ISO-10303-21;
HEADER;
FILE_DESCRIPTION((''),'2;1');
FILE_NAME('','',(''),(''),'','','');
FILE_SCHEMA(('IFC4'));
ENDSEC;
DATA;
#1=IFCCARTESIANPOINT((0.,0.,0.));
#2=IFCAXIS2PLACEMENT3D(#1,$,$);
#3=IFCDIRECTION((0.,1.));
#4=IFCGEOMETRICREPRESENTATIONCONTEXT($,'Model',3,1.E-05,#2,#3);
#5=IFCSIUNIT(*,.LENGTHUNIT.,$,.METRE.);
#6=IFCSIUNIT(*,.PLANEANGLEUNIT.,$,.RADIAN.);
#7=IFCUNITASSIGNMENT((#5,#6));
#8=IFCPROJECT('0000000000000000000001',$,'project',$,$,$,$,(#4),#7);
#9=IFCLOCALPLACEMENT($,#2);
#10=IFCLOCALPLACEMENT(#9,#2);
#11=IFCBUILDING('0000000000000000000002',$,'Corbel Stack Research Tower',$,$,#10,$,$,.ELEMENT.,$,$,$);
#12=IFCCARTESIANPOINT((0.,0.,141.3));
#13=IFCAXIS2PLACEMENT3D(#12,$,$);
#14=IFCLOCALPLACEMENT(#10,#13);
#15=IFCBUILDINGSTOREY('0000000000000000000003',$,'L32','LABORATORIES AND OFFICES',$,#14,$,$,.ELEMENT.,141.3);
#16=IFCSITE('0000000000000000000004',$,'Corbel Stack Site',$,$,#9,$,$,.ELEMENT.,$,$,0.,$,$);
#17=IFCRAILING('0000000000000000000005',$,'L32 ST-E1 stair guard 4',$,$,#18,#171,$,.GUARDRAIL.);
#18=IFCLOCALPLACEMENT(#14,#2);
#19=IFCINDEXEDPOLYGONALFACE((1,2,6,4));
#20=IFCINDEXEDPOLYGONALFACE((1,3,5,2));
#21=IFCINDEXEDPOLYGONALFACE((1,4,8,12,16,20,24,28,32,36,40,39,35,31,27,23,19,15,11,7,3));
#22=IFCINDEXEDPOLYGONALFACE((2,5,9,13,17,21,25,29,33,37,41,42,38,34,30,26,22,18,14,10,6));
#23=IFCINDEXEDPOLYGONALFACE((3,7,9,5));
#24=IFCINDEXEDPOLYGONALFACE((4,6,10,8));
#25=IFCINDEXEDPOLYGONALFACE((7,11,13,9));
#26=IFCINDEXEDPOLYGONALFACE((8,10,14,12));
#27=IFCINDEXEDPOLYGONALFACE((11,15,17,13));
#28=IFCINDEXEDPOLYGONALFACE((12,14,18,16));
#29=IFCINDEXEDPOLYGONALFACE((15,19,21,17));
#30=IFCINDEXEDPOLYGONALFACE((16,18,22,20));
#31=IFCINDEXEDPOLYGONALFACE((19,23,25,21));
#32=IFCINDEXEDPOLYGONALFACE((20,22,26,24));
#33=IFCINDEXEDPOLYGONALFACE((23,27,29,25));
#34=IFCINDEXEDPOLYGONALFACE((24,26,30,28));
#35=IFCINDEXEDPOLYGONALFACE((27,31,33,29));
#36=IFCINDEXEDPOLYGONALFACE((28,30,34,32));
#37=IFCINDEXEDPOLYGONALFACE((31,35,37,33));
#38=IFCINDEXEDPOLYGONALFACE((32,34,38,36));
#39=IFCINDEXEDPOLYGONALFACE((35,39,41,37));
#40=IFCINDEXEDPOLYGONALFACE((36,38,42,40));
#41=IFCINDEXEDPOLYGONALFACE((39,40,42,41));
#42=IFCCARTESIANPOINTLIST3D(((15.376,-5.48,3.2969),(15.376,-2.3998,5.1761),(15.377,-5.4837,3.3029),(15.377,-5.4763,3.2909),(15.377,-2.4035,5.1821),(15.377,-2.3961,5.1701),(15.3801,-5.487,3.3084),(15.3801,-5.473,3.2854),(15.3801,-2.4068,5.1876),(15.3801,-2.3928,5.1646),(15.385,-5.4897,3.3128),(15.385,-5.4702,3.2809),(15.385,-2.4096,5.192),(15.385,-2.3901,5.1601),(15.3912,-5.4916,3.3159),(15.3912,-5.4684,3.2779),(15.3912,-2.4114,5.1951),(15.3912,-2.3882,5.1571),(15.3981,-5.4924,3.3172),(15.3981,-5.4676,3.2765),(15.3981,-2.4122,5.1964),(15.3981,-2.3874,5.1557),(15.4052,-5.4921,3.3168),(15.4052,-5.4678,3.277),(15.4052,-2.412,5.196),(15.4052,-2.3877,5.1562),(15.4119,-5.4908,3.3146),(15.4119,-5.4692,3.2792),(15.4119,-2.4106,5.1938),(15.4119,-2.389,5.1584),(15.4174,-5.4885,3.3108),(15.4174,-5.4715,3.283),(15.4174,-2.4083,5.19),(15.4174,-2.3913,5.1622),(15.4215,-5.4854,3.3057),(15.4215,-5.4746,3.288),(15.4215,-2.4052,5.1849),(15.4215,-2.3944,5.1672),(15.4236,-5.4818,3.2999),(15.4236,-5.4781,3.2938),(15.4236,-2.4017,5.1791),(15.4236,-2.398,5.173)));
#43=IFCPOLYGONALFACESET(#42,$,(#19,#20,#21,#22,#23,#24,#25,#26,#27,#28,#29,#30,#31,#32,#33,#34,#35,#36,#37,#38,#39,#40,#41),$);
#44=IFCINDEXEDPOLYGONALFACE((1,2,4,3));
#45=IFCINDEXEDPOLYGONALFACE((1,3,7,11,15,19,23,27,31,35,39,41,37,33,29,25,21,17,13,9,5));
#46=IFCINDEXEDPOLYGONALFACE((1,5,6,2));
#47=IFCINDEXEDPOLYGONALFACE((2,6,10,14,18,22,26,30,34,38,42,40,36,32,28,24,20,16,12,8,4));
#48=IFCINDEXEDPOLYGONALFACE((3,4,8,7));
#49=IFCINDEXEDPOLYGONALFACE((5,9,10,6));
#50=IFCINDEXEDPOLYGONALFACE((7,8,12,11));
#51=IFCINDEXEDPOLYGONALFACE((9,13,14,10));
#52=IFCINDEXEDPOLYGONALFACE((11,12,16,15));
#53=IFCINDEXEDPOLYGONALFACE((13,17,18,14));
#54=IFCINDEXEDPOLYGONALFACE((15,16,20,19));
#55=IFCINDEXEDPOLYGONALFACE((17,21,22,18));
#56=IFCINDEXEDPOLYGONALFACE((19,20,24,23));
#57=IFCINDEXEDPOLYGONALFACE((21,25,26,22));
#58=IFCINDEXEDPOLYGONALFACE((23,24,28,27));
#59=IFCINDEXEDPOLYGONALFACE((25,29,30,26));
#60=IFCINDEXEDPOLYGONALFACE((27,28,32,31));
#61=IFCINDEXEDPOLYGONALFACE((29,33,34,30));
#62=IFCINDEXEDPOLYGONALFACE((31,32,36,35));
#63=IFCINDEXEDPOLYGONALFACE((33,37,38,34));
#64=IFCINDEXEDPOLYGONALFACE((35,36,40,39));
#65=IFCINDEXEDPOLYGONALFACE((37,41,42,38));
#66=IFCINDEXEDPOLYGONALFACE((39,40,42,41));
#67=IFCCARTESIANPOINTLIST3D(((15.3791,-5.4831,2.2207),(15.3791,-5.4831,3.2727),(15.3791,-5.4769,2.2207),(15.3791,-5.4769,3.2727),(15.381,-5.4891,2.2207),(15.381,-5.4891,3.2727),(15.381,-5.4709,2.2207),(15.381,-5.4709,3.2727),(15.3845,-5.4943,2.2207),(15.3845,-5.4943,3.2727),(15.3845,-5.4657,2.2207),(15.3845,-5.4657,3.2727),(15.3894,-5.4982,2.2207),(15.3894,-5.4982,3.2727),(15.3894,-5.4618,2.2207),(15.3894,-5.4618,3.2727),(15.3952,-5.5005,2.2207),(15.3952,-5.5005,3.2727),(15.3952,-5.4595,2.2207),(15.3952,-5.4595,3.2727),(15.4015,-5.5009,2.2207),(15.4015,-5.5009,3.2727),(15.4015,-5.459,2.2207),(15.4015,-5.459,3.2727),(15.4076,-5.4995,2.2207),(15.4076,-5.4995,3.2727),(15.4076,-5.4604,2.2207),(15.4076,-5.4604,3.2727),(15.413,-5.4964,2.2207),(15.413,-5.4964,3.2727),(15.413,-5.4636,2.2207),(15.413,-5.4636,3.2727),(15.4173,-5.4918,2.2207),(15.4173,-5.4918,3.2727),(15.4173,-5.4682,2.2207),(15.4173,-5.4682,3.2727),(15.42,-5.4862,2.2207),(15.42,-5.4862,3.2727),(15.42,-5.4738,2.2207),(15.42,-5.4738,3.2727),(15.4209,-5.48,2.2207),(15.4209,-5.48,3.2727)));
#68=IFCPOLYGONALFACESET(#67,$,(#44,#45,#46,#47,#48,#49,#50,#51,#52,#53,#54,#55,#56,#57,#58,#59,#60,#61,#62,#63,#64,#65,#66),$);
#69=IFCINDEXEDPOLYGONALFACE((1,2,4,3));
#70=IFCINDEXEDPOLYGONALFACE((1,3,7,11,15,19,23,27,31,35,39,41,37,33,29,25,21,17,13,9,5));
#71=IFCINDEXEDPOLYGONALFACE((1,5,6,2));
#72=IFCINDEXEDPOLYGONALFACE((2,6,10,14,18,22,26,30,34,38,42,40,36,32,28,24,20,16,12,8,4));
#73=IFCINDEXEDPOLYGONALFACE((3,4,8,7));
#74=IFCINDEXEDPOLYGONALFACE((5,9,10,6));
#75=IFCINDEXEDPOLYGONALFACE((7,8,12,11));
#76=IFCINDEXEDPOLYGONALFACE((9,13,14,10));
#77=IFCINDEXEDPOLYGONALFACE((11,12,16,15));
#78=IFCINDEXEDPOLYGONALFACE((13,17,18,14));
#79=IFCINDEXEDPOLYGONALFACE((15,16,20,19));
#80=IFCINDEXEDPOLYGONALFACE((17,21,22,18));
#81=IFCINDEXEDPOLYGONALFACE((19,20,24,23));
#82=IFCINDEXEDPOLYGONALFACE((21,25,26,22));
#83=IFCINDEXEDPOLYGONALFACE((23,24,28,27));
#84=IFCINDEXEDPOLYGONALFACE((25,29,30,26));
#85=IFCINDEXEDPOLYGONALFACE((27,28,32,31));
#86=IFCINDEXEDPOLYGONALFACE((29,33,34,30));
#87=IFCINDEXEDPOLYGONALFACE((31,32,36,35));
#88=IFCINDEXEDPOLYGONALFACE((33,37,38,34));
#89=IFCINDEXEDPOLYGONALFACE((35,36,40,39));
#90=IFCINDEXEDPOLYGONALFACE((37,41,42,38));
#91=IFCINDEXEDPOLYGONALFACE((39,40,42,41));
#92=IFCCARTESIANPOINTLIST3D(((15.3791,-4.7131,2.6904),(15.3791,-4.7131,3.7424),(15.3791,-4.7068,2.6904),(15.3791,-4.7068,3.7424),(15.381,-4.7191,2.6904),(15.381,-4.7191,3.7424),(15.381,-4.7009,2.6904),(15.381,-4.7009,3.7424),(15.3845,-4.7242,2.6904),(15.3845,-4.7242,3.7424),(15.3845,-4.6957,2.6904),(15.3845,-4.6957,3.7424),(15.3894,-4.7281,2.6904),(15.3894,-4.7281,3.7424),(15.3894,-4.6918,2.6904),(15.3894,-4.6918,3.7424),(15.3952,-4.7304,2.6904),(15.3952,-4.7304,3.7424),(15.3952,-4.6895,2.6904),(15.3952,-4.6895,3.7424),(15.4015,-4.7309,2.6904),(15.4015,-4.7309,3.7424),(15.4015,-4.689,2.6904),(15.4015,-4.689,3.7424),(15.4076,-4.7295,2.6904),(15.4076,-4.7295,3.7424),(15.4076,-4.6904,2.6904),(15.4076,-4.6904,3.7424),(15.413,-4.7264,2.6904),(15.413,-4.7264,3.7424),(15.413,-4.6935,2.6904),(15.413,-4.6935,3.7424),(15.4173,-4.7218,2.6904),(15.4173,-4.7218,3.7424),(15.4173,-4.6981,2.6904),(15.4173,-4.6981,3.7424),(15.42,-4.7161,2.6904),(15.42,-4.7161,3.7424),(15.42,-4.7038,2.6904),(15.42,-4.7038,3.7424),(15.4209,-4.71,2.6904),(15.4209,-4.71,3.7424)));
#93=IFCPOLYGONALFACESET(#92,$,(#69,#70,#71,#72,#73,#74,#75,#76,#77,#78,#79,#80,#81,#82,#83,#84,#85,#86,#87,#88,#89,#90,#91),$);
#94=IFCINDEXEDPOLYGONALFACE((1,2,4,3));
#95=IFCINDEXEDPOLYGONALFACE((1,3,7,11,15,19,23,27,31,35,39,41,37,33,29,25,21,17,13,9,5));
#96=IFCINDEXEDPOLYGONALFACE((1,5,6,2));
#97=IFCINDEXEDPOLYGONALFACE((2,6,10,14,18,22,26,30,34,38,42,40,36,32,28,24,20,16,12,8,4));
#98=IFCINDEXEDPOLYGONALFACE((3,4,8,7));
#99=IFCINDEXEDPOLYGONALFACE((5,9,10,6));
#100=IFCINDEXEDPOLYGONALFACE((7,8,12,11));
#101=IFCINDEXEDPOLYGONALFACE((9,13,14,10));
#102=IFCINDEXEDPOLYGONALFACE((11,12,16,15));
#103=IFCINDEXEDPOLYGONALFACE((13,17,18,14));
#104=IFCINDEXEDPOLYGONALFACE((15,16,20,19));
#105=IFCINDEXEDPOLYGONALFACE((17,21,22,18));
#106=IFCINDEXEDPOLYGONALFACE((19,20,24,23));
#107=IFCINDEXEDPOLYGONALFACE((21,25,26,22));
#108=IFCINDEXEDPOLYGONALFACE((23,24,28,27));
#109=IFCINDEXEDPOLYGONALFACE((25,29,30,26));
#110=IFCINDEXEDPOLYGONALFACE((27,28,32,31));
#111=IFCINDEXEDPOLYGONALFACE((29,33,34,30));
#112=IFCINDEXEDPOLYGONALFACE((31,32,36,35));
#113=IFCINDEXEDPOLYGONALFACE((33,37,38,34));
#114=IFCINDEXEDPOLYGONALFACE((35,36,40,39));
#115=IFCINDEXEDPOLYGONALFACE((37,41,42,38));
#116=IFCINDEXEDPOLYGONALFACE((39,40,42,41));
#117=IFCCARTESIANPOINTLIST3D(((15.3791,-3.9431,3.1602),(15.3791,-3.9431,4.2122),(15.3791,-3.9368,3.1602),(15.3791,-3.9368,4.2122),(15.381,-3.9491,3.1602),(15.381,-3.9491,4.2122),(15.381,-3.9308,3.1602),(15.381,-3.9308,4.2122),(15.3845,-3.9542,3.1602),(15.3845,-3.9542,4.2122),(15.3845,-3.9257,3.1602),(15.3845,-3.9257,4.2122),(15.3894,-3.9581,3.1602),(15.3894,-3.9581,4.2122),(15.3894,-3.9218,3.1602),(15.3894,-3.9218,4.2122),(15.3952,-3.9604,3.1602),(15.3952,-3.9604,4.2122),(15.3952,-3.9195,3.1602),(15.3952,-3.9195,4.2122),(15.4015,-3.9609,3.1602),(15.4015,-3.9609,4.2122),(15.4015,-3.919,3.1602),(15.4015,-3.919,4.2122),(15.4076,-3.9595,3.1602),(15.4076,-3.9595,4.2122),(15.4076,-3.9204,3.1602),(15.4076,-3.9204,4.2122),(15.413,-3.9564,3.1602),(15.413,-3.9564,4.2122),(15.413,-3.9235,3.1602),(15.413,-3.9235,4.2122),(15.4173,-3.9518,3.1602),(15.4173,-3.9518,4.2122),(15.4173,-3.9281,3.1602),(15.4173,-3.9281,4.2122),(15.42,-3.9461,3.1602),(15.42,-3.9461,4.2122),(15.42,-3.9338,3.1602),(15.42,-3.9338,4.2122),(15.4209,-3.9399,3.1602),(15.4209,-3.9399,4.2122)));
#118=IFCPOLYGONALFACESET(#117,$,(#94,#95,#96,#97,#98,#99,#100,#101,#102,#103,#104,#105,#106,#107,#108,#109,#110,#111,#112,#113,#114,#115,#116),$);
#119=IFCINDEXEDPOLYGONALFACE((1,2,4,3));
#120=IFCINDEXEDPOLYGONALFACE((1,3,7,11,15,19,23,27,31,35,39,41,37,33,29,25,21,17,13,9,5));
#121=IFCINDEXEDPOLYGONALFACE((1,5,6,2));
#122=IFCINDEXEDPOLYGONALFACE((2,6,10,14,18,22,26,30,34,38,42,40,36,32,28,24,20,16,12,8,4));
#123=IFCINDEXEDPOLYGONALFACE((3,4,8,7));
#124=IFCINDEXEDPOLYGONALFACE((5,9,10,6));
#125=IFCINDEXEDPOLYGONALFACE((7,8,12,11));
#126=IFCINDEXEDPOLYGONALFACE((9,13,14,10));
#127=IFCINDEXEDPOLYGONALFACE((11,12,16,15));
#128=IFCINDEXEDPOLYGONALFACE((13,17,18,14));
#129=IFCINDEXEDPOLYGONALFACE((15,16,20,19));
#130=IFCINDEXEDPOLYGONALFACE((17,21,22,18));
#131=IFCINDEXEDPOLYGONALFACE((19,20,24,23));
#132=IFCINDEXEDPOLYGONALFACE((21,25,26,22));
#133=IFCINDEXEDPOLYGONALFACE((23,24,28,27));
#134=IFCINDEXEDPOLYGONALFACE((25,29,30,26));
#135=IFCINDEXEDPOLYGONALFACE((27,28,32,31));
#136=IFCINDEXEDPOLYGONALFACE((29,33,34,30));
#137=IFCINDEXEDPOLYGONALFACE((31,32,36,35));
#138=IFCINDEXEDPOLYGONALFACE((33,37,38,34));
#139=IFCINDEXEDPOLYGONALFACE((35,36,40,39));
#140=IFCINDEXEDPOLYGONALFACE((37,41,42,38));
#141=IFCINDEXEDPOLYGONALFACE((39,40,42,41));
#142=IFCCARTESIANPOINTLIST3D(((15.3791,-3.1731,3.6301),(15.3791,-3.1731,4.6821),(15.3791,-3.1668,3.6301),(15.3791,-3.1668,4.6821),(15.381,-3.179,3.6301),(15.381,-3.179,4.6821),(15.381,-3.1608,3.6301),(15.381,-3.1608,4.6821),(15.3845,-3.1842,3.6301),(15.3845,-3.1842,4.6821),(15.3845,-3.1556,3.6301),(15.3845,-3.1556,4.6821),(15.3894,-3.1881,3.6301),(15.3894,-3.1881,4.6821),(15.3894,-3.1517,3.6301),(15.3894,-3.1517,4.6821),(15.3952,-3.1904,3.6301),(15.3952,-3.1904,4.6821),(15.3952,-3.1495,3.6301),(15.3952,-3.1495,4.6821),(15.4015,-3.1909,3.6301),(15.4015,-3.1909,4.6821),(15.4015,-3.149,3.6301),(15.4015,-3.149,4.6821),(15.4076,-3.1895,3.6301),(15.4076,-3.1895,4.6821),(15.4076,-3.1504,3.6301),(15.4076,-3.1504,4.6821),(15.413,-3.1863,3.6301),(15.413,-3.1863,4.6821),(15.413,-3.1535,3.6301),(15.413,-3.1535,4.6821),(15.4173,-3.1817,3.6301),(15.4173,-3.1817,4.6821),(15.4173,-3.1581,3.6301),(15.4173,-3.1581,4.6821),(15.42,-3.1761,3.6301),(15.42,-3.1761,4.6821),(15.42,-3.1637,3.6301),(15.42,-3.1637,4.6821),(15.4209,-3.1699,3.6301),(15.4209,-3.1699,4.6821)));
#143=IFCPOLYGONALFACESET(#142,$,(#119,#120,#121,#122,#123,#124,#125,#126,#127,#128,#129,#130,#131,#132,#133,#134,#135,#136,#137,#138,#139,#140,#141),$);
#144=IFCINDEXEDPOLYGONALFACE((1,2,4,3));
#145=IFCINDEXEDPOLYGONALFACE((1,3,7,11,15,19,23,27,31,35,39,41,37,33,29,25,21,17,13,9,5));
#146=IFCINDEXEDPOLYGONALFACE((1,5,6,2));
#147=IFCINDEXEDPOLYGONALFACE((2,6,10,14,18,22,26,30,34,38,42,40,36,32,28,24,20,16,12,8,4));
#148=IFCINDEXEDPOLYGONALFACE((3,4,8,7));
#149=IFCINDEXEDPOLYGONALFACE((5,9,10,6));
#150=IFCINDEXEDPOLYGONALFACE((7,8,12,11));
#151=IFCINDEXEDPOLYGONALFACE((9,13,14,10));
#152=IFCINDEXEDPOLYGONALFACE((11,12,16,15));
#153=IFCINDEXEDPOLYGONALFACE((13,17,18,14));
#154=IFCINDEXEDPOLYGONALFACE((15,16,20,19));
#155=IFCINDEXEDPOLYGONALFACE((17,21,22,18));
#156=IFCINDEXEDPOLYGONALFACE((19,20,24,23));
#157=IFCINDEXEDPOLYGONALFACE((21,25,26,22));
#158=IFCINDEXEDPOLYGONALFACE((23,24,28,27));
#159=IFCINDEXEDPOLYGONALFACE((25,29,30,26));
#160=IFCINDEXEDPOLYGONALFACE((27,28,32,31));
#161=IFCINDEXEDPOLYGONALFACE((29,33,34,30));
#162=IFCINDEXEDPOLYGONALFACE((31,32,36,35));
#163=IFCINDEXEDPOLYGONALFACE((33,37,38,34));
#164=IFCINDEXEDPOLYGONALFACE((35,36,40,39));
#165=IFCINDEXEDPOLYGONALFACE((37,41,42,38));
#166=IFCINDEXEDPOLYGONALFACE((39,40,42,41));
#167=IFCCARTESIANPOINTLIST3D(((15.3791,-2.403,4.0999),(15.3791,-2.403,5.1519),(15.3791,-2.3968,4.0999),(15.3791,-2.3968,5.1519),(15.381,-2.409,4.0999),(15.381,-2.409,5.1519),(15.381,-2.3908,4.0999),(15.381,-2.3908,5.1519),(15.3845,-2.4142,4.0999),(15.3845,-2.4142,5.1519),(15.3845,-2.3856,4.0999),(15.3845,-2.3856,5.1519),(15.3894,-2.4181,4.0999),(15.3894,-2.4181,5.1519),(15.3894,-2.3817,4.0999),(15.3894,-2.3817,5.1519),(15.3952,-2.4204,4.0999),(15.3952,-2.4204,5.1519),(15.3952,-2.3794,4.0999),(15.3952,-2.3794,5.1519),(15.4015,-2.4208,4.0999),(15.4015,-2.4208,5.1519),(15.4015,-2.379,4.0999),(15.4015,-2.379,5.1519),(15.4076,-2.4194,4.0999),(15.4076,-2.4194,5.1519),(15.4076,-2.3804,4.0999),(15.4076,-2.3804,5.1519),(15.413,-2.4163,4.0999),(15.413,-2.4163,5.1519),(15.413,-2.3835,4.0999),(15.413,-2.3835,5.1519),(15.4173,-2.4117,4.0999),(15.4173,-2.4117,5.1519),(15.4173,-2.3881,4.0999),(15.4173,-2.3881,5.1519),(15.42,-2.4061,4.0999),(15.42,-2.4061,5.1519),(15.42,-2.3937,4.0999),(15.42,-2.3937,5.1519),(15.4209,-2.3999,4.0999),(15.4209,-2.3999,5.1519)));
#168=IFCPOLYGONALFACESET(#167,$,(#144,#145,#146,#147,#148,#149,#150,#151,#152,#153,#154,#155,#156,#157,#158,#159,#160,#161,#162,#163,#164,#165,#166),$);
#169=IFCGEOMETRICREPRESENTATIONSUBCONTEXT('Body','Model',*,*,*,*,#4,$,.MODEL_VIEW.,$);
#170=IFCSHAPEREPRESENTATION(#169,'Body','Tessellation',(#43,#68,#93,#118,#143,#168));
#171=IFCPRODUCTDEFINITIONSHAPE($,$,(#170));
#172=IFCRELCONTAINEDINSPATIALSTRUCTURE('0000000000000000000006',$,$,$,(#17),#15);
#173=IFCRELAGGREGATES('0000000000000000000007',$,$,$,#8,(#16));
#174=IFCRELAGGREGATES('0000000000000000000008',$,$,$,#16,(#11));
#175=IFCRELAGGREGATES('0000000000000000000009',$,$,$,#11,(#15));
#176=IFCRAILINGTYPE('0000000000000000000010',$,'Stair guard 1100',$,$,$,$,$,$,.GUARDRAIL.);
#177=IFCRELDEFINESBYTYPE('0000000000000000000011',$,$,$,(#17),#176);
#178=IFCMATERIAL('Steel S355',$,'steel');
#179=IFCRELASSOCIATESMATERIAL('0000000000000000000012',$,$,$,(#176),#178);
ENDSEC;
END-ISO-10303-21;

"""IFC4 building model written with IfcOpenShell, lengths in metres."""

from ifc_helpers import new_model, si_unit, direction, frame, origin, origin_2d, place, context, subcontext, project, spatial, circle, extrude, material, type_object, element, save


model = new_model("IFC4")

# Units and contexts
model_context = context("Model", 3, precision=1e-05, world=origin(), true_north=direction((0.0, 1.0)))
body_context = subcontext(model_context, "Body", "Model", "MODEL_VIEW")
ifc_project = project(units=[si_unit("LENGTHUNIT", "METRE"), si_unit("PLANEANGLEUNIT", "RADIAN")], contexts=[model_context])

# Site, building, storey
site_placement = place(None, origin())
site = spatial("IfcSite", under=ifc_project, at=site_placement, Name="Corbel Stack Site", CompositionType="ELEMENT", RefElevation=0.0)
building_placement = place(site_placement, origin())
building = spatial("IfcBuilding", under=site, at=building_placement, Name="Corbel Stack Research Tower", CompositionType="ELEMENT")
storey_placement = place(building_placement, frame((0.0, 0.0, 141.3)))
storey = spatial("IfcBuildingStorey", under=building, at=storey_placement, Name="L32", Description="LABORATORIES AND OFFICES", CompositionType="ELEMENT", Elevation=141.3)

# Railing
ifc_material_1 = material(Name="Steel S355", Category="steel")
railing_type_1 = type_object("IfcRailingType", Name="Stair guard 1100", PredefinedType="GUARDRAIL", material=ifc_material_1)
railing_1_placement = place(storey_placement, frame((15.3999, -5.48, 2.2207)))
element("IfcRailing", 1, at=railing_1_placement, inside=storey, type_object=railing_type_1, Name="L32 ST-E1 stair guard 4", PredefinedType="GUARDRAIL", context=body_context, shape_type="SweptSolid", body=[
    extrude(circle(Radius=0.0239, at=origin_2d()), frame((0.0, 0.0, 1.0762), z_axis=(0.0, 0.853666, 0.52082), x_axis=(-1.0, 0.0, 0.0)), (0.0, 0.0, 1.0), 3.6082),
    extrude(circle(Radius=0.021, at=origin_2d()), origin(), (0.0, 0.0, 1.0), 1.052),
    extrude(circle(Radius=0.021, at=origin_2d()), frame((0.0, 0.77, 0.4697)), (0.0, 0.0, 1.0), 1.052),
    extrude(circle(Radius=0.021, at=origin_2d()), frame((0.0, 1.54, 0.9395)), (0.0, 0.0, 1.0), 1.052),
    extrude(circle(Radius=0.021, at=origin_2d()), frame((0.0, 2.3101, 1.4094)), (0.0, 0.0, 1.0), 1.052),
    extrude(circle(Radius=0.021, at=origin_2d()), frame((0.0, 3.0801, 1.8792)), (0.0, 0.0, 1.0), 1.052),
])

save(model, "model.ifc")
